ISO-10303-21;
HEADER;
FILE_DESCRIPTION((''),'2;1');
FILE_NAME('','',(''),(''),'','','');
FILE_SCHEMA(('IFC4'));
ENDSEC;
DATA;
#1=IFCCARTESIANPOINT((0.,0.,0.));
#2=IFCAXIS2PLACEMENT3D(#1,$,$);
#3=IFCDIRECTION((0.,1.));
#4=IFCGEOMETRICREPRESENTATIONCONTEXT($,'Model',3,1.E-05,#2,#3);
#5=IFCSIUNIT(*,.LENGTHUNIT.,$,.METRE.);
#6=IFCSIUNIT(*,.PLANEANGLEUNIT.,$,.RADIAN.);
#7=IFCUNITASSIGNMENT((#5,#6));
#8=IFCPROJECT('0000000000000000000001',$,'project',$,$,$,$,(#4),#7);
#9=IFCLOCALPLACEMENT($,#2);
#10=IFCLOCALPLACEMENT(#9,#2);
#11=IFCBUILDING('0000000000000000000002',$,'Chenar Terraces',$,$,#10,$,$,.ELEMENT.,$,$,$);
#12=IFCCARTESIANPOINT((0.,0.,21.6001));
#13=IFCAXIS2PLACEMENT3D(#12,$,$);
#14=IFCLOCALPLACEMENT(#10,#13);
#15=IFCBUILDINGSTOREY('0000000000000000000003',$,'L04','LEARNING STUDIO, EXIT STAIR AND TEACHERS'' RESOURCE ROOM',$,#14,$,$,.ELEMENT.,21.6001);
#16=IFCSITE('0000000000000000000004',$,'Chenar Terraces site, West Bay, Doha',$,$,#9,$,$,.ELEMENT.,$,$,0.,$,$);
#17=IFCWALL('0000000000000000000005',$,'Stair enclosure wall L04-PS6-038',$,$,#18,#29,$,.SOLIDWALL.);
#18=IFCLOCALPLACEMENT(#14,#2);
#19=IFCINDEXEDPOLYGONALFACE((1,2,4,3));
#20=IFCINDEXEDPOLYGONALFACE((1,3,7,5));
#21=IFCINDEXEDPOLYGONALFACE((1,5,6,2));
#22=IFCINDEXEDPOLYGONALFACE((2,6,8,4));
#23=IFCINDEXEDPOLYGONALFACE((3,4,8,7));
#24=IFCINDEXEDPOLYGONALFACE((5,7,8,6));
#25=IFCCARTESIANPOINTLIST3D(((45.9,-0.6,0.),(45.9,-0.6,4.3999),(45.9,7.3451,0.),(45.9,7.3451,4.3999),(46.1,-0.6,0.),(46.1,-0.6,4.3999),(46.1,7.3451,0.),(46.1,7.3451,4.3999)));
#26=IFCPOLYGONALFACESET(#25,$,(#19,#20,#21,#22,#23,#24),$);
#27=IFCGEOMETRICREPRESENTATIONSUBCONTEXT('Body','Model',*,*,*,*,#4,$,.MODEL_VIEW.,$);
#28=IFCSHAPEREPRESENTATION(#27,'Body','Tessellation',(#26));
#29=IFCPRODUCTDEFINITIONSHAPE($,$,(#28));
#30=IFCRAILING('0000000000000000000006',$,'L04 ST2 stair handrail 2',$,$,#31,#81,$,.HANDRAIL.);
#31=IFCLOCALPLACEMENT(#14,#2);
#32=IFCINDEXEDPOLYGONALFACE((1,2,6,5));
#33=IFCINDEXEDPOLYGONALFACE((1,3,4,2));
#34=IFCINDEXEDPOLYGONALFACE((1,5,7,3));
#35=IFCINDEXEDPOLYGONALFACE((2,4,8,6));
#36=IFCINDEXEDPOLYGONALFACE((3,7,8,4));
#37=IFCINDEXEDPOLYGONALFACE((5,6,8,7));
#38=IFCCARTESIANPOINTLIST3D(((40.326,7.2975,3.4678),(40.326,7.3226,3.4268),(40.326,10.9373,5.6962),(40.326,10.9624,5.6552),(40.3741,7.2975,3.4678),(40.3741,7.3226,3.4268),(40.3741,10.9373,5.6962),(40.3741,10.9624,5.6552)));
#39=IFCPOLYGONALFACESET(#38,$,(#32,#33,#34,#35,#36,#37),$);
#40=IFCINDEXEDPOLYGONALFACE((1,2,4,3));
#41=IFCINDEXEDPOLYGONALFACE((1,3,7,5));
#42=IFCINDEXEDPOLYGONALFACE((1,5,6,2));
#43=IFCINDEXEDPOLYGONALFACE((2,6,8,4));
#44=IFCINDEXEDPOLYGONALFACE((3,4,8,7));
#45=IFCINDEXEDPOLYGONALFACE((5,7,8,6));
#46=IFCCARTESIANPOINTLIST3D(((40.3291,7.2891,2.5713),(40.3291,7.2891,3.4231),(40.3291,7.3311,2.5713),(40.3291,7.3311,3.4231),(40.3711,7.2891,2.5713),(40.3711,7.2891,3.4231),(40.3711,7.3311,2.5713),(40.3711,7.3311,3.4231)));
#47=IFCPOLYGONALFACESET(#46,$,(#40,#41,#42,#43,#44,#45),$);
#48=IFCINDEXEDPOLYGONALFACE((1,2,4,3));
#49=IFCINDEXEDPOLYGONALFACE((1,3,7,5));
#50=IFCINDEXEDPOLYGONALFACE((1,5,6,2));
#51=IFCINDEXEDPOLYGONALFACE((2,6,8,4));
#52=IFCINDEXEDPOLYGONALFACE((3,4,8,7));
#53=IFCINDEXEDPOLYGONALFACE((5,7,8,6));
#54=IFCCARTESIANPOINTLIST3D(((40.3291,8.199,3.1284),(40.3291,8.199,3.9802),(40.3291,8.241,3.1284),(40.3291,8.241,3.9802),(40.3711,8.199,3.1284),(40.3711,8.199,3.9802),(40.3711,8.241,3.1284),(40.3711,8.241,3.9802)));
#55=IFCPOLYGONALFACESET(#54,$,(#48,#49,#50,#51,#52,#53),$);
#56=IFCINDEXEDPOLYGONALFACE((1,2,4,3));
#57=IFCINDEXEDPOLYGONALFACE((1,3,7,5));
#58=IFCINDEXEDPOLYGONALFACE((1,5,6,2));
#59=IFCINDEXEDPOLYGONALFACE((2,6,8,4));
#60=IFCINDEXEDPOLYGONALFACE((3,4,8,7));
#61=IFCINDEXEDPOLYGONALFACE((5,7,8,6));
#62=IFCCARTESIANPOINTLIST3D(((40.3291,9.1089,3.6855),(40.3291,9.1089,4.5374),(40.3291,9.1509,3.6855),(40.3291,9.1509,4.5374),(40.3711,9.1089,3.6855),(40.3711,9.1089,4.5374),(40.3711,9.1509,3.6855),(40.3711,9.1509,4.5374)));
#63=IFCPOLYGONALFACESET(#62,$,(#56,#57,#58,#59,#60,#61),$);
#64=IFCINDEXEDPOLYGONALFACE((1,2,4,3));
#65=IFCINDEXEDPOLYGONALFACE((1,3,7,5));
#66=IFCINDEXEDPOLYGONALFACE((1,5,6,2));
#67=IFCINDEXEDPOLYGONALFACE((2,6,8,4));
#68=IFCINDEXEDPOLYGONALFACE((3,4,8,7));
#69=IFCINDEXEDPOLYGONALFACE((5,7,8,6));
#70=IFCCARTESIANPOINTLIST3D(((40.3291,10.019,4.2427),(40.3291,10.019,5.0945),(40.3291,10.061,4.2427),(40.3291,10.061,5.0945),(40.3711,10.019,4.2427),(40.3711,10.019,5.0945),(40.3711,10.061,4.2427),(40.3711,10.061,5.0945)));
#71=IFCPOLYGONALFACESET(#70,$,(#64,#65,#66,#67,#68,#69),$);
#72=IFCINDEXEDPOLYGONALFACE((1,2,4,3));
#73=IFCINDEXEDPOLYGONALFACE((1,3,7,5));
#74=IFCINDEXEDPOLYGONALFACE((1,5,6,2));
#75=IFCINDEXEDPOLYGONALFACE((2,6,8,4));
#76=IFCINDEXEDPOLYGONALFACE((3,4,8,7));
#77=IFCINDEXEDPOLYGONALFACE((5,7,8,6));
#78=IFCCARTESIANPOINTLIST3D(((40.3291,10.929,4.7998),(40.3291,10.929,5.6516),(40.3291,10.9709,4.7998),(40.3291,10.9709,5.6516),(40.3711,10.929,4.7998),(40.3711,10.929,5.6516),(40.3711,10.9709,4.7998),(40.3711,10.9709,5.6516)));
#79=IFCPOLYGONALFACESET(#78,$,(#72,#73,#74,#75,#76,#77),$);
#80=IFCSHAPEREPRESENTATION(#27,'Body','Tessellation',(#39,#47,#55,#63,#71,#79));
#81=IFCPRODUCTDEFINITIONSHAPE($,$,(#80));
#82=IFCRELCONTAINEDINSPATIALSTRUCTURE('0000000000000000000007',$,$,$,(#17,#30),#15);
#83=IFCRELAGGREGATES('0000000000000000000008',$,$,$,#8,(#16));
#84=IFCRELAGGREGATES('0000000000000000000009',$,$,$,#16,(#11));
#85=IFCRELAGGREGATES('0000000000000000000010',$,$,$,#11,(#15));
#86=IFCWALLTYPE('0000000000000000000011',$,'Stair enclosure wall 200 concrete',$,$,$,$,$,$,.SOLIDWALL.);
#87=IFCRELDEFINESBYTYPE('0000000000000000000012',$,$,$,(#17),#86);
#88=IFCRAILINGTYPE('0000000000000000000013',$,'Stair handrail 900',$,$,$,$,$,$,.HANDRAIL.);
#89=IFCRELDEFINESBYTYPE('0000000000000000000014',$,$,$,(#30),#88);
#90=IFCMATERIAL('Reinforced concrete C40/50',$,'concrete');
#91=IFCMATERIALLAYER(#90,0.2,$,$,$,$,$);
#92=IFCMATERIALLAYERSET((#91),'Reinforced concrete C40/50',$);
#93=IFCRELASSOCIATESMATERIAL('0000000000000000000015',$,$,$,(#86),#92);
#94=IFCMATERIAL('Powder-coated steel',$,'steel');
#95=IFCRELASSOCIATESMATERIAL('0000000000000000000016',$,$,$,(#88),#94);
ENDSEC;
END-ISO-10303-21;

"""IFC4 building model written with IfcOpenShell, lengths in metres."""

from ifc_helpers import new_model, si_unit, direction, frame, frame_2d, origin, origin_2d, place, context, subcontext, project, spatial, rectangle, extrude, material, layer, layer_set, type_object, element, save


model = new_model("IFC4")

# Units and contexts
model_context = context("Model", 3, precision=1e-05, world=origin(), true_north=direction((0.0, 1.0)))
body_context = subcontext(model_context, "Body", "Model", "MODEL_VIEW")
ifc_project = project(units=[si_unit("LENGTHUNIT", "METRE"), si_unit("PLANEANGLEUNIT", "RADIAN")], contexts=[model_context])

# Site, building, storey
site_placement = place(None, origin())
site = spatial("IfcSite", under=ifc_project, at=site_placement, Name="Chenar Terraces site, West Bay, Doha", CompositionType="ELEMENT", RefElevation=0.0)
building_placement = place(site_placement, origin())
building = spatial("IfcBuilding", under=site, at=building_placement, Name="Chenar Terraces", CompositionType="ELEMENT")
storey_placement = place(building_placement, frame((0.0, 0.0, 21.6001)))
storey = spatial("IfcBuildingStorey", under=building, at=storey_placement, Name="L04", Description="LEARNING STUDIO, EXIT STAIR AND TEACHERS' RESOURCE ROOM", CompositionType="ELEMENT", Elevation=21.6001)

# Wall
ifc_material_1 = material(Name="Reinforced concrete C40/50", Category="concrete")
ifc_layer_1 = layer(ifc_material_1, 0.2)
ifc_layer_set_1 = layer_set([ifc_layer_1], Name="Reinforced concrete C40/50")
wall_type_1 = type_object("IfcWallType", Name="Stair enclosure wall 200 concrete", PredefinedType="SOLIDWALL", material=ifc_layer_set_1)
wall_1_placement = place(storey_placement, frame((46.0, -0.6001, 0.0), z_axis=(0.0, 0.0, 1.0), x_axis=(0.0, 1.0, 0.0)))
element("IfcWall", 1, at=wall_1_placement, inside=storey, type_object=wall_type_1, Name="Stair enclosure wall L04-PS6-038", PredefinedType="SOLIDWALL", context=body_context, shape_type="SweptSolid", body=[
    extrude(rectangle(XDim=7.9451, YDim=0.2, at=frame_2d((3.9727, 0.0))), origin(), (0.0, 0.0, 1.0), 4.3999),
])

# Railing
ifc_material_2 = material(Name="Powder-coated steel", Category="steel")
railing_type = type_object("IfcRailingType", Name="Stair handrail 900", PredefinedType="HANDRAIL", material=ifc_material_2)
railing_placement = place(storey_placement, frame((40.3501, 7.3101, 2.5713)))
element("IfcRailing", 2, at=railing_placement, inside=storey, type_object=railing_type, Name="L04 ST2 stair handrail 2", PredefinedType="HANDRAIL", context=body_context, shape_type="SweptSolid", body=[
    extrude(rectangle(XDim=0.0481, YDim=0.0481, at=origin_2d()), frame((0.0, 0.0, 0.876), z_axis=(0.0, 0.85285, 0.522156), x_axis=(-1.0, 0.0, 0.0)), (0.0, 0.0, 1.0), 4.2678),
    extrude(rectangle(XDim=0.042, YDim=0.042, at=origin_2d()), origin(), (0.0, 0.0, 1.0), 0.8518),
    extrude(rectangle(XDim=0.042, YDim=0.042, at=origin_2d()), frame((0.0, 0.9099, 0.5571)), (0.0, 0.0, 1.0), 0.8518),
    extrude(rectangle(XDim=0.042, YDim=0.042, at=origin_2d()), frame((0.0, 1.8198, 1.1143)), (0.0, 0.0, 1.0), 0.8518),
    extrude(rectangle(XDim=0.042, YDim=0.042, at=origin_2d()), frame((0.0, 2.73, 1.6714)), (0.0, 0.0, 1.0), 0.8518),
    extrude(rectangle(XDim=0.042, YDim=0.042, at=origin_2d()), frame((0.0, 3.6399, 2.2285)), (0.0, 0.0, 1.0), 0.8518),
])

save(model, "model.ifc")
